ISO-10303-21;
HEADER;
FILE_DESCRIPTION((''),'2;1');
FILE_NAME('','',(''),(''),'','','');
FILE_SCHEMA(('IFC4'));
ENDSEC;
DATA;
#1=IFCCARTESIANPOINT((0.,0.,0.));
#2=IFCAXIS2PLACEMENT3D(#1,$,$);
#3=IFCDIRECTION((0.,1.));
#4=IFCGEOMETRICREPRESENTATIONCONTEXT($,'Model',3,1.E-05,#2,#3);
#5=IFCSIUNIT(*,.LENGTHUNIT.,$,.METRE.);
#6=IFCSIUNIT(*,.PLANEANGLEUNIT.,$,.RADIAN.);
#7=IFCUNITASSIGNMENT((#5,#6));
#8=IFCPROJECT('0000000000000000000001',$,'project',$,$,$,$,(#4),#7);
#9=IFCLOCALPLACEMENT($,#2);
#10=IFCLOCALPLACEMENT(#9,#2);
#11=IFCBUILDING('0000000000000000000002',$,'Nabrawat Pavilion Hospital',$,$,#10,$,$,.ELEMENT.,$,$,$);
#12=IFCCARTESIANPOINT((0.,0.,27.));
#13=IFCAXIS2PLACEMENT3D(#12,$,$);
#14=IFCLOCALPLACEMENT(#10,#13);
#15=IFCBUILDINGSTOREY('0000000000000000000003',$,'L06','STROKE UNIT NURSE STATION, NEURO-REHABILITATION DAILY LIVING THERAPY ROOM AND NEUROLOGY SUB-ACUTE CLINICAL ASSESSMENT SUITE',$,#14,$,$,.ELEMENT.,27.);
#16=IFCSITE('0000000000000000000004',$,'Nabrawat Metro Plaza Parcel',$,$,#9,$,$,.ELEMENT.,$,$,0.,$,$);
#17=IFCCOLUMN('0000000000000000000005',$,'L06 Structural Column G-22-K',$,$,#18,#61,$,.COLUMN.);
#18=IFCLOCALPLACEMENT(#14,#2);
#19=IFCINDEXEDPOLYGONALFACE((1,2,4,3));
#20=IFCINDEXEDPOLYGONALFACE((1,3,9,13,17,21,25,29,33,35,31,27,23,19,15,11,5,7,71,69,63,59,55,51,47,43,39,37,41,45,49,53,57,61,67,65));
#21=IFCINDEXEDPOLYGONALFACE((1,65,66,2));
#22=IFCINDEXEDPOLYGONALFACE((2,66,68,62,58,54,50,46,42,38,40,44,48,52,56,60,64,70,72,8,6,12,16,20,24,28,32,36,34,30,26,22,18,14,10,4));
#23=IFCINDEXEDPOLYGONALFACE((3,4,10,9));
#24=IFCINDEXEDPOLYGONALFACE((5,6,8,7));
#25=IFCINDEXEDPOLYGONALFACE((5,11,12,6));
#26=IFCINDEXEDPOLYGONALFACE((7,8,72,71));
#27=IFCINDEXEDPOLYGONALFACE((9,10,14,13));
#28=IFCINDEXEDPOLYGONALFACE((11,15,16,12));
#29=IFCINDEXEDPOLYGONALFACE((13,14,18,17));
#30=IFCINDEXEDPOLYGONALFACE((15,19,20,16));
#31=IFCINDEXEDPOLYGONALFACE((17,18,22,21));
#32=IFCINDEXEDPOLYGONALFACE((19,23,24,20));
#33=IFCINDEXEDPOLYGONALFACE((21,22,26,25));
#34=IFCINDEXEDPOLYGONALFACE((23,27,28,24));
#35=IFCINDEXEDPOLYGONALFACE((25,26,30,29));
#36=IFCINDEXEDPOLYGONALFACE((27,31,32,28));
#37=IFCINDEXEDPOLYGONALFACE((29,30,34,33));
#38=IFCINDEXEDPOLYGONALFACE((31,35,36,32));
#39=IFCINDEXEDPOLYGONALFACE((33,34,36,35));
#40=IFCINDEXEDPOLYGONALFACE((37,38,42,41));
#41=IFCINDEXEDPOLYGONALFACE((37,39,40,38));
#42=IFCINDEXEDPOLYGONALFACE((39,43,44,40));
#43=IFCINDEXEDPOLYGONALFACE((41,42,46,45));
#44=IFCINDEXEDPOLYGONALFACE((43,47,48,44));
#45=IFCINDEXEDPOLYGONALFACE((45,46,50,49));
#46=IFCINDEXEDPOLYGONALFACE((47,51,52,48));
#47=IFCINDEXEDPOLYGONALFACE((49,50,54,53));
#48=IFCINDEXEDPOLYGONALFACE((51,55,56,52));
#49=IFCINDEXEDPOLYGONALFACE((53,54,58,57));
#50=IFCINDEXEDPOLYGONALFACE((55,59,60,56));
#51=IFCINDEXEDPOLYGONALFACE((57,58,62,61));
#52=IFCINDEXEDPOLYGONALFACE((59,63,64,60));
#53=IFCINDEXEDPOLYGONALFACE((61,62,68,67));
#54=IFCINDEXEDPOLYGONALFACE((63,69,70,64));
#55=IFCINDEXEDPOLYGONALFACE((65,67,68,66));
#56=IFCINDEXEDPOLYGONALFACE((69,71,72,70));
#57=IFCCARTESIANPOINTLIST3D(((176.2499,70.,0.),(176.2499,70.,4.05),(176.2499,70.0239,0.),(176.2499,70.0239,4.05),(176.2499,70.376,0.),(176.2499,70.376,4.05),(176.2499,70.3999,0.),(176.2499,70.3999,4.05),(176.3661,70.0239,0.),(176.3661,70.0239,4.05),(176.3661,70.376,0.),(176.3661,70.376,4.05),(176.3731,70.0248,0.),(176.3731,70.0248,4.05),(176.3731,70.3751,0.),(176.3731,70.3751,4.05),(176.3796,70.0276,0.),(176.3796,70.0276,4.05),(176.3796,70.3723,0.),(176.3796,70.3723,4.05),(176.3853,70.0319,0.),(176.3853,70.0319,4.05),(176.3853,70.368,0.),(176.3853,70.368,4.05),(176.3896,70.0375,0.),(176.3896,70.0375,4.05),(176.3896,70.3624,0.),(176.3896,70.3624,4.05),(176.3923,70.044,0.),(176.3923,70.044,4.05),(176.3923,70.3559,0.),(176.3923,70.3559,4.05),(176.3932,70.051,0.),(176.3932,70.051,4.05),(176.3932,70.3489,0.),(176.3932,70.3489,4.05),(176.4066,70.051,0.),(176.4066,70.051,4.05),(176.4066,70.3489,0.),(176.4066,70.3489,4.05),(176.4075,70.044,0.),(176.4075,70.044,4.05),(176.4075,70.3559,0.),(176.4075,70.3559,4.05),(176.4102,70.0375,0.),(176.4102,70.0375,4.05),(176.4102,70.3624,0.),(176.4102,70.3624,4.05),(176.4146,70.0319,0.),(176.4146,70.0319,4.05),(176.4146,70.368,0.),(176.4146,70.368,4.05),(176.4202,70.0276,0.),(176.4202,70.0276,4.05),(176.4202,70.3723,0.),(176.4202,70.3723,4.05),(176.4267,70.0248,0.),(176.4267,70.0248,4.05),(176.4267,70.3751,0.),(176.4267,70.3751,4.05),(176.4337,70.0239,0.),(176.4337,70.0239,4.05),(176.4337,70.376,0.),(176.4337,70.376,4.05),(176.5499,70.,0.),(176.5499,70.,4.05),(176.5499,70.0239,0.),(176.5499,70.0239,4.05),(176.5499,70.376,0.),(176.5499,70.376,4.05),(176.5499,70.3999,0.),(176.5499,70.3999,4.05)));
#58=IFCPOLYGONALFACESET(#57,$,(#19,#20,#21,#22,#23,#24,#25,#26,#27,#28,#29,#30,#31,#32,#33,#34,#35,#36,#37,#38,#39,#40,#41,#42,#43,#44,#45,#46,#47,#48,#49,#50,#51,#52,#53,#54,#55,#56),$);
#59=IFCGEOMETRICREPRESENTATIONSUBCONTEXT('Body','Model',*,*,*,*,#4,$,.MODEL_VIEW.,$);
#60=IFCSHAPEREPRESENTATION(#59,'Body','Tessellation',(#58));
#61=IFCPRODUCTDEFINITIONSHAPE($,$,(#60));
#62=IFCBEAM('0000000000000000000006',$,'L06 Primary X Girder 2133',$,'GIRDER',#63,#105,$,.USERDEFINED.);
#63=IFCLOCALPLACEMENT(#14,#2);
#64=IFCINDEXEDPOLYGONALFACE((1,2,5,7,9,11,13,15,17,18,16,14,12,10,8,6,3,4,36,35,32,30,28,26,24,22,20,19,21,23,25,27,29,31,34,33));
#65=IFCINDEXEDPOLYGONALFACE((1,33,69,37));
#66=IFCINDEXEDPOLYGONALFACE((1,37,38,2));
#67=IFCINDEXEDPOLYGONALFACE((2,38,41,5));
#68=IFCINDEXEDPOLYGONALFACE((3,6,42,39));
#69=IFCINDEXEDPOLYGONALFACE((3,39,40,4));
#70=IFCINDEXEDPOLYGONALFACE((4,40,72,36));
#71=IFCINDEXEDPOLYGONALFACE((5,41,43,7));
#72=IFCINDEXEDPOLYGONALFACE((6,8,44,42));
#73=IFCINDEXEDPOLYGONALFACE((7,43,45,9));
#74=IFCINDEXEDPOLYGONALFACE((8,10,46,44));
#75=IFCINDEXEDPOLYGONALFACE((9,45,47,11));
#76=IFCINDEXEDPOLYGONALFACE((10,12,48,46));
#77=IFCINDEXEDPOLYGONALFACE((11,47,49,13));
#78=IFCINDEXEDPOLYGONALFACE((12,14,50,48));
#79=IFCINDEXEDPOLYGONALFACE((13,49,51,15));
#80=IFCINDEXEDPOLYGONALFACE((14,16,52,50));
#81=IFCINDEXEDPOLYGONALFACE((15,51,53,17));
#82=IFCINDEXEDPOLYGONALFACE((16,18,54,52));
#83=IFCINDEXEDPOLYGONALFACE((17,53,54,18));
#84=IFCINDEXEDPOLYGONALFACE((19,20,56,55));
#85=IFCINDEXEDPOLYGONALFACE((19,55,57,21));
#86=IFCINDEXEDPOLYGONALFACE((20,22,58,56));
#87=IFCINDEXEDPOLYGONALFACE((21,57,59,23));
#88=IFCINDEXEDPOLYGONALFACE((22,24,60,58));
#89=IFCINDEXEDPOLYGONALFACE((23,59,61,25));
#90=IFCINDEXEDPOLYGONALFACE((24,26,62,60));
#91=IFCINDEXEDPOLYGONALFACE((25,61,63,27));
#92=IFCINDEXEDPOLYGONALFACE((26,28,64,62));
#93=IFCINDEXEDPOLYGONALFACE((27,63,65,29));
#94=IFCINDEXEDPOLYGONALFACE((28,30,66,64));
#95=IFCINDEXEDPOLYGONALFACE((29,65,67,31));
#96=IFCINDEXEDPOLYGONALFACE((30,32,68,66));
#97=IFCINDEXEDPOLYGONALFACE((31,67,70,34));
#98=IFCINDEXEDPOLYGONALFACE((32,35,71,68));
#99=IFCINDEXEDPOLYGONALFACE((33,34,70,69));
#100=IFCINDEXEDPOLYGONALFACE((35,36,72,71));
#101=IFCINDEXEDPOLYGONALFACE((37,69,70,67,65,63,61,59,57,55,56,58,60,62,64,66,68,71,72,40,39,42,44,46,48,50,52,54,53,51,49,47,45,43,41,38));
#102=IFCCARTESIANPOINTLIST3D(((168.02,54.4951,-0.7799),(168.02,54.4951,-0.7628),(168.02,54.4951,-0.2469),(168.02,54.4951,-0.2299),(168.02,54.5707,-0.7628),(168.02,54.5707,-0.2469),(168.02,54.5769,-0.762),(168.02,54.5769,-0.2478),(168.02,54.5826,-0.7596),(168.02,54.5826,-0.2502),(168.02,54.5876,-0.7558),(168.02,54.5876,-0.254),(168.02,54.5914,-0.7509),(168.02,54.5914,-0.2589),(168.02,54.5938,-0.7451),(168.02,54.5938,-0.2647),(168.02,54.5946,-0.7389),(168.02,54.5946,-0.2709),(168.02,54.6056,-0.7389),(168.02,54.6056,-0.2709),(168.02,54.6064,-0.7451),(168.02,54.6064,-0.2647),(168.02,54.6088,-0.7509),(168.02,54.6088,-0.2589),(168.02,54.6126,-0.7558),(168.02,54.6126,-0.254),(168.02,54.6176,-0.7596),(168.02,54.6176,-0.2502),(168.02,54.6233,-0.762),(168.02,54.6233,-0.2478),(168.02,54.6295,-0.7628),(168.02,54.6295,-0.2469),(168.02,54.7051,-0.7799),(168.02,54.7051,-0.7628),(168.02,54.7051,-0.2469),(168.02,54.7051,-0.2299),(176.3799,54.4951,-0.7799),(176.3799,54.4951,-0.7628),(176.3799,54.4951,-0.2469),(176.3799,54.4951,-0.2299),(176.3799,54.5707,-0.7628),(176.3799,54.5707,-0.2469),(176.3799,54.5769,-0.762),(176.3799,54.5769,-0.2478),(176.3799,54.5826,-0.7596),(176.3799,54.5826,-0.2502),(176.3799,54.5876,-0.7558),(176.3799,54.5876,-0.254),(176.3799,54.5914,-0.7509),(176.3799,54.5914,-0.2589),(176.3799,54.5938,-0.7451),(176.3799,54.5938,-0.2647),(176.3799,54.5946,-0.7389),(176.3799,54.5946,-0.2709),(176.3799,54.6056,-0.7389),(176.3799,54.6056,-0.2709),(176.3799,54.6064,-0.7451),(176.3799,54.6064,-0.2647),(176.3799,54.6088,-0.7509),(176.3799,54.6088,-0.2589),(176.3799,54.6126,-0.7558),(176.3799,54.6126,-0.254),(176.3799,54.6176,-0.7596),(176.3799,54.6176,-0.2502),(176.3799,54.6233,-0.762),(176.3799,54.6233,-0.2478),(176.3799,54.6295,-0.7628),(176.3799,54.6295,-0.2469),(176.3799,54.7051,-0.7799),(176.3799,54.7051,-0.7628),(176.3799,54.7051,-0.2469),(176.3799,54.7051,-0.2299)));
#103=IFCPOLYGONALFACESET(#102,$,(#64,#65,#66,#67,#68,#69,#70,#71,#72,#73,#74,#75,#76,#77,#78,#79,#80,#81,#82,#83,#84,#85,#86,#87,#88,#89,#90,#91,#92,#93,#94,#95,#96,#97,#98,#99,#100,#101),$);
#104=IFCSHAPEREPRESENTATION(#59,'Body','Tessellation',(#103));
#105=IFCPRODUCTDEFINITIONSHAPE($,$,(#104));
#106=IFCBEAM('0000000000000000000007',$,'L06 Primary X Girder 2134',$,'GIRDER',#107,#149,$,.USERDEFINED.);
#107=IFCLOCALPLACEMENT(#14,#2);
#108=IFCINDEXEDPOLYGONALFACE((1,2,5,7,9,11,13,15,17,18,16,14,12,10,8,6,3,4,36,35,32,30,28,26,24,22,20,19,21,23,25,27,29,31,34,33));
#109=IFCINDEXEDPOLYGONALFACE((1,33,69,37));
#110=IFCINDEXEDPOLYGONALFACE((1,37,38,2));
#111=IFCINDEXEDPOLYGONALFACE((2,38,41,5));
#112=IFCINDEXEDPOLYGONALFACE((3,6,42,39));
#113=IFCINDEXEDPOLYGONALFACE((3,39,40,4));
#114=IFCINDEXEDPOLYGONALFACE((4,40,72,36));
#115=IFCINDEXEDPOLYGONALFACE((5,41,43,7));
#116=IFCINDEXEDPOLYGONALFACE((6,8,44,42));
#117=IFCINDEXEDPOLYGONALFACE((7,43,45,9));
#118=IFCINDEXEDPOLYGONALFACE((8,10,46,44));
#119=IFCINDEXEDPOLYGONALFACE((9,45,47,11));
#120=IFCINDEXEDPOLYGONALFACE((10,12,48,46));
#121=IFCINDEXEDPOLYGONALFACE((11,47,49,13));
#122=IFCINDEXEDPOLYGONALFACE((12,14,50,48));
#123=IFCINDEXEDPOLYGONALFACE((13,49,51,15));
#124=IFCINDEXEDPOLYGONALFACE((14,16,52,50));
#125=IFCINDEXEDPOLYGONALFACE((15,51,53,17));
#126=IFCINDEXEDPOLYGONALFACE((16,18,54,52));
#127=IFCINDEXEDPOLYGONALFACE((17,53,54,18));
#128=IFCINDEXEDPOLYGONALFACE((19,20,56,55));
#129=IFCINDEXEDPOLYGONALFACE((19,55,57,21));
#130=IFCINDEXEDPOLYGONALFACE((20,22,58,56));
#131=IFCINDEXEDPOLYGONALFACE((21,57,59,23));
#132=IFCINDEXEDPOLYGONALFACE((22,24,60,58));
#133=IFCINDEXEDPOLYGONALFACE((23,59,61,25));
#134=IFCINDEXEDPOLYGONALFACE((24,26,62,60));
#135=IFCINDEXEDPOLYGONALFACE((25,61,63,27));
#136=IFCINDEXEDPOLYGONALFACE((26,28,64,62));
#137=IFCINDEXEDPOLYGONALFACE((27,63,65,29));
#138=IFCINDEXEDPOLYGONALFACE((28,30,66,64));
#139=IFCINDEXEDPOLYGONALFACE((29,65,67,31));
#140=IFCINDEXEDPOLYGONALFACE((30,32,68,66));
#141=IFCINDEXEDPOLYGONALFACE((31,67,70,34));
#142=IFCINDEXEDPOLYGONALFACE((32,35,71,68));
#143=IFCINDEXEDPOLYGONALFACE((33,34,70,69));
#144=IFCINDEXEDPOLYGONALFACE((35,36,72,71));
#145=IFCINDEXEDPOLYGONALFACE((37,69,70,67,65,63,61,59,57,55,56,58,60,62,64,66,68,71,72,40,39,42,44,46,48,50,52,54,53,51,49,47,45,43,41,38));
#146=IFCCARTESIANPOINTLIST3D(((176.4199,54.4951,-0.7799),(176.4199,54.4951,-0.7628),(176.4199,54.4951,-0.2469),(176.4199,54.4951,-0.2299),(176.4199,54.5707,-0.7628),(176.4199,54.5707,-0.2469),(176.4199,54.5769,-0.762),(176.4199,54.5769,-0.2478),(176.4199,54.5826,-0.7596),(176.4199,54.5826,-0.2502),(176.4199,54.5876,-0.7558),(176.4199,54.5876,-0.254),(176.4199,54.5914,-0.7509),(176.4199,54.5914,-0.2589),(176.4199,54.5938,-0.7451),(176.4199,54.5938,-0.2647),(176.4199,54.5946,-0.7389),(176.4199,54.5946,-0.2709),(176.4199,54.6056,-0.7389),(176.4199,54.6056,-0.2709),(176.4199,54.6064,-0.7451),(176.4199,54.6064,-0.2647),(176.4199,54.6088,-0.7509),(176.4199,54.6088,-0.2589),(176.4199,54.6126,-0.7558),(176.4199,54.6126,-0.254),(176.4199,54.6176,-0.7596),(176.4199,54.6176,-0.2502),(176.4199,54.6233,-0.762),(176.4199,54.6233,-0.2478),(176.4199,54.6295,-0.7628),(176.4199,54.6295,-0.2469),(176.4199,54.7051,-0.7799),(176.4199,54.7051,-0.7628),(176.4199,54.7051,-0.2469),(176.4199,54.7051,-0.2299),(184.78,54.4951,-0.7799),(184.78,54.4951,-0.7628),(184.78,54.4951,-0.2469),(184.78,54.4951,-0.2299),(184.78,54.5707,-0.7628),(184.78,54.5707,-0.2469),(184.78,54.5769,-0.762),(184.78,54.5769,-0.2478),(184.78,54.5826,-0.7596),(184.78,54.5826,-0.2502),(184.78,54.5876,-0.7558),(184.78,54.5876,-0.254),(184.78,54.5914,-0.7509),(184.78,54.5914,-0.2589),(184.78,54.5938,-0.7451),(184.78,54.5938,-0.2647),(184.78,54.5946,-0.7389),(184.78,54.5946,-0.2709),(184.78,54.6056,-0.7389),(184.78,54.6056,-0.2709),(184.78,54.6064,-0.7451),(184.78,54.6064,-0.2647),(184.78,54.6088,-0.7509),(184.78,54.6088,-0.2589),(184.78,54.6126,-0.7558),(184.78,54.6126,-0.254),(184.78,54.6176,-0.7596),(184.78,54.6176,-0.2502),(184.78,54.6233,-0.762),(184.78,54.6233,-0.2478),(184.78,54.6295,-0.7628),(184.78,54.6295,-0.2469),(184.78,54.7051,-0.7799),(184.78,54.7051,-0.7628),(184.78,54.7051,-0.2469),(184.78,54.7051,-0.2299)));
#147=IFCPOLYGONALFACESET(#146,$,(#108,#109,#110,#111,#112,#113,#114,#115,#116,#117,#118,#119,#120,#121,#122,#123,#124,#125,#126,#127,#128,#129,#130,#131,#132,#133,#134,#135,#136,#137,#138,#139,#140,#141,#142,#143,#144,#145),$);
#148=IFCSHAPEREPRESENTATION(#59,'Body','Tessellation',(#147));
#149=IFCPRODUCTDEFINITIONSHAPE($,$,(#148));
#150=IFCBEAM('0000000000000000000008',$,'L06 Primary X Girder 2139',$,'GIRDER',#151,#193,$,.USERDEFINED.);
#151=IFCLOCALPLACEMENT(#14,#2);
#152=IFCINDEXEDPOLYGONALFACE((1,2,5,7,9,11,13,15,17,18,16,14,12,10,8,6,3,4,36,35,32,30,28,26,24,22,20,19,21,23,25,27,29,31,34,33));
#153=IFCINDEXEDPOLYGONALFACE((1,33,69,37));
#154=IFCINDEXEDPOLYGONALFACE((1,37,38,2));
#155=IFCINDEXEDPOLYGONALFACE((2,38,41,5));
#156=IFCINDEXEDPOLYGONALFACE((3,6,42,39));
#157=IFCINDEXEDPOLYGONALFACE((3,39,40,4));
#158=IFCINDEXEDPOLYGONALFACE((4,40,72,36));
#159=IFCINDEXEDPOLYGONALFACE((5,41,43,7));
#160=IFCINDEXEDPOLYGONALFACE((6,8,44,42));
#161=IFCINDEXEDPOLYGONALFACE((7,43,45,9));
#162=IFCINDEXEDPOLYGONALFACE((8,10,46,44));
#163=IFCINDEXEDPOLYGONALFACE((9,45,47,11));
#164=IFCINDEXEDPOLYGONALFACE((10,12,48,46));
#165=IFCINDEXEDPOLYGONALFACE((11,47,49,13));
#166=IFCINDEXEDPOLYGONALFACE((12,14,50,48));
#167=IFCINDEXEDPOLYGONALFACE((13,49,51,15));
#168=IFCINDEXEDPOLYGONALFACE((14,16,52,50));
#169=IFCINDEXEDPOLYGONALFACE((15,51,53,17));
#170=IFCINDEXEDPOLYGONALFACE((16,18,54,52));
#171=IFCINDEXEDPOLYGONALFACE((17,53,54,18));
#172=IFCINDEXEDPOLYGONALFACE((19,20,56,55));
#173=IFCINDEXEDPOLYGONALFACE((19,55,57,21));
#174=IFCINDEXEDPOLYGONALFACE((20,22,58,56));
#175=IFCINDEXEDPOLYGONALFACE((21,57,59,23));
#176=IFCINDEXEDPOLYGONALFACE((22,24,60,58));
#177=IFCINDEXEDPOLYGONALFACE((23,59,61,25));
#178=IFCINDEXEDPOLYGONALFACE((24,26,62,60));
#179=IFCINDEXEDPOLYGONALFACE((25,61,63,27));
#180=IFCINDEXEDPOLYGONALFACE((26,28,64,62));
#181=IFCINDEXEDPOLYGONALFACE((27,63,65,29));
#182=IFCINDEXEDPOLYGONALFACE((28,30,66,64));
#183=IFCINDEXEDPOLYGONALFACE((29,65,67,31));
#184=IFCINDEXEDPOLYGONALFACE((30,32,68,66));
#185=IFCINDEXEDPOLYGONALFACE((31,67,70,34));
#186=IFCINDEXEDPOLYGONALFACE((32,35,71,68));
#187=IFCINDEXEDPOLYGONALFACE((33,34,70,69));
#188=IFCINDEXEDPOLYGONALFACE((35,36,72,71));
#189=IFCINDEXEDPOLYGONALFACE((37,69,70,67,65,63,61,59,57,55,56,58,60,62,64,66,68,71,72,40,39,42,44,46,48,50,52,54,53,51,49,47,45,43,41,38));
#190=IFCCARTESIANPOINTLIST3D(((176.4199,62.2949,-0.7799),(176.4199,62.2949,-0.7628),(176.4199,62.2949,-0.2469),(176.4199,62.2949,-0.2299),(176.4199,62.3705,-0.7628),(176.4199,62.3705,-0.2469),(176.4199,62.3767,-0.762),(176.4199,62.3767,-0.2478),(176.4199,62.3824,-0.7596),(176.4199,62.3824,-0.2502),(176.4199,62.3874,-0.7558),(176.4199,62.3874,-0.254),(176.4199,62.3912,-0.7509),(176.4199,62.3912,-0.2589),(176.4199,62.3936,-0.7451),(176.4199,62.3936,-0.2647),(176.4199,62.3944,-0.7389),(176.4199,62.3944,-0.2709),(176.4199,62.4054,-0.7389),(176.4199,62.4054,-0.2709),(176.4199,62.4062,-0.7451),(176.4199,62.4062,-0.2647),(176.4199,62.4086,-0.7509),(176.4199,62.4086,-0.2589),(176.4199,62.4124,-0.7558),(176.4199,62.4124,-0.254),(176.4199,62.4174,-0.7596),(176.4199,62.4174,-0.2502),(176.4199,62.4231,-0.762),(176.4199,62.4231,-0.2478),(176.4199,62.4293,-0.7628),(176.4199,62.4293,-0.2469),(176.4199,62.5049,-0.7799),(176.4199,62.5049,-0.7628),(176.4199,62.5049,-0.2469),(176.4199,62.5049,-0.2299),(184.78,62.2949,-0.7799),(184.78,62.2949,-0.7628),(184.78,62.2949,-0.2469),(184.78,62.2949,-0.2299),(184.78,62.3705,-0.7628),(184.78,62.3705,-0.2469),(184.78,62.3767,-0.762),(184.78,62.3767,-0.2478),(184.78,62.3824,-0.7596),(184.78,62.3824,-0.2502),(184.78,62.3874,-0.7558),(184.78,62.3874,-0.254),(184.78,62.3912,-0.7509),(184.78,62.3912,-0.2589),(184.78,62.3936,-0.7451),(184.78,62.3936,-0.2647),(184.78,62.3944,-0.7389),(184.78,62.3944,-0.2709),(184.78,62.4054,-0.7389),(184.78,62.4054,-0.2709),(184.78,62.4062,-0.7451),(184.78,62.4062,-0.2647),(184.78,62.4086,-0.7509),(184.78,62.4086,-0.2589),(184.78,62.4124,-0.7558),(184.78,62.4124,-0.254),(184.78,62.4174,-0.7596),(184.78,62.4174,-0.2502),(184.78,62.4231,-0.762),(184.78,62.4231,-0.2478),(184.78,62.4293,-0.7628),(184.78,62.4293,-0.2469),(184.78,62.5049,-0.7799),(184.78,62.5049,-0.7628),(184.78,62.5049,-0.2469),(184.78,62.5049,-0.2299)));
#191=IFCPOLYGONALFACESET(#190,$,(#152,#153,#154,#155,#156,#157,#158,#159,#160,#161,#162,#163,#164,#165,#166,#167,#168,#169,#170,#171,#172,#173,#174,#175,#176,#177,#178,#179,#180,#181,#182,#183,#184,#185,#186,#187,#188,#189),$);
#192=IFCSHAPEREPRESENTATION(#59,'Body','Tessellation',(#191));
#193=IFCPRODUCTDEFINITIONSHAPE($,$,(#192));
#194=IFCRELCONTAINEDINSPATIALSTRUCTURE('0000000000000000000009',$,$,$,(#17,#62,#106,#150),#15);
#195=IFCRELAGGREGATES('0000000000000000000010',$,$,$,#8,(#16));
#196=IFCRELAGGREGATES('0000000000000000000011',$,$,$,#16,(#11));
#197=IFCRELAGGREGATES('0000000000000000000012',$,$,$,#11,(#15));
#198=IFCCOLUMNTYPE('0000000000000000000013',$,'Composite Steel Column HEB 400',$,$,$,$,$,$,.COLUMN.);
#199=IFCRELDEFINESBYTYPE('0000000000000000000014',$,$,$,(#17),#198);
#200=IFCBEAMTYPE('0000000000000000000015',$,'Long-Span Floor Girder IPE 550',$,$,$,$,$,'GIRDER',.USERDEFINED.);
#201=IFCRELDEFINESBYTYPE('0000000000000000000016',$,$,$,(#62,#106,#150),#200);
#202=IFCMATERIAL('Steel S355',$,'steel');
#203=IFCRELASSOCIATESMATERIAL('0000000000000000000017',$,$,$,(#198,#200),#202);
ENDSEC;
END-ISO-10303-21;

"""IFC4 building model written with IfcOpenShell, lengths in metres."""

from ifc_helpers import new_model, si_unit, direction, frame, origin, origin_2d, place, context, subcontext, project, spatial, i_section, extrude, material, material_profile, profile_set, type_object, element, save


model = new_model("IFC4")

# Units and contexts
model_context = context("Model", 3, precision=1e-05, world=origin(), true_north=direction((0.0, 1.0)))
body_context = subcontext(model_context, "Body", "Model", "MODEL_VIEW")
ifc_project = project(units=[si_unit("LENGTHUNIT", "METRE"), si_unit("PLANEANGLEUNIT", "RADIAN")], contexts=[model_context])

# Site, building, storey
site_placement = place(None, origin())
site = spatial("IfcSite", under=ifc_project, at=site_placement, Name="Nabrawat Metro Plaza Parcel", CompositionType="ELEMENT", RefElevation=0.0)
building_placement = place(site_placement, origin())
building = spatial("IfcBuilding", under=site, at=building_placement, Name="Nabrawat Pavilion Hospital", CompositionType="ELEMENT")
storey_placement = place(building_placement, frame((0.0, 0.0, 27.0)))
storey = spatial("IfcBuildingStorey", under=building, at=storey_placement, Name="L06", Description="STROKE UNIT NURSE STATION, NEURO-REHABILITATION DAILY LIVING THERAPY ROOM AND NEUROLOGY SUB-ACUTE CLINICAL ASSESSMENT SUITE", CompositionType="ELEMENT", Elevation=27.0)

# Column
ifc_material_1 = material(Name="Steel S355", Category="steel")
ifc_material_profile_1 = material_profile(ifc_material_1, i_section(OverallWidth=0.3, OverallDepth=0.3999, WebThickness=0.0134, FlangeThickness=0.0239, FilletRadius=0.0271, at=origin_2d()), Name="HEB 400")
ifc_profile_set_1 = profile_set([ifc_material_profile_1], Name="Steel S355")
column_type = type_object("IfcColumnType", Name="Composite Steel Column HEB 400", PredefinedType="COLUMN", material=ifc_profile_set_1)
for number, where, z_axis, x_axis, name in (
    (1, (176.3999, 70.2, 0.0), (0.0, 0.0, 1.0), (1.0, 0.0, 0.0), "L06 Structural Column G-22-K"),
):
    element("IfcColumn", number, at=place(storey_placement, frame(where, z_axis=z_axis, x_axis=x_axis)), inside=storey, type_object=column_type, Name=name, PredefinedType="COLUMN", context=body_context, shape_type="SweptSolid", body=[
        extrude(i_section(OverallWidth=0.3, OverallDepth=0.3999, WebThickness=0.0134, FlangeThickness=0.0239, FilletRadius=0.0271, at=origin_2d()), origin(), (0.0, 0.0, 1.0), 4.05),
    ])

# Beams
ifc_material_profile_2 = material_profile(ifc_material_1, i_section(OverallWidth=0.21, OverallDepth=0.55, WebThickness=0.011, FlangeThickness=0.0171, FilletRadius=0.0239, at=origin_2d()), Name="IPE 550")
ifc_profile_set_2 = profile_set([ifc_material_profile_2], Name="Steel S355")
beam_type_1 = type_object("IfcBeamType", Name="Long-Span Floor Girder IPE 550", ElementType="GIRDER", PredefinedType="USERDEFINED", material=ifc_profile_set_2)
beam_1_placement = place(storey_placement, frame((168.02, 54.6001, -0.5049), z_axis=(1.0, 0.0, 0.0), x_axis=(0.0, 1.0, 0.0)))
element("IfcBeam", 2, at=beam_1_placement, inside=storey, type_object=beam_type_1, Name="L06 Primary X Girder 2133", ObjectType="GIRDER", PredefinedType="USERDEFINED", context=body_context, shape_type="SweptSolid", body=[
    extrude(i_section(OverallWidth=0.21, OverallDepth=0.55, WebThickness=0.011, FlangeThickness=0.0171, FilletRadius=0.0239, at=origin_2d()), origin(), (0.0, 0.0, 1.0), 8.3599),
])
for number, where, z_axis, x_axis, name in (
    (3, (176.4199, 54.6001, -0.5049), (1.0, 0.0, 0.0), (0.0, 1.0, 0.0), "L06 Primary X Girder 2134"),
    (4, (176.4199, 62.3999, -0.5049), (1.0, 0.0, 0.0), (0.0, 1.0, 0.0), "L06 Primary X Girder 2139"),
):
    element("IfcBeam", number, at=place(storey_placement, frame(where, z_axis=z_axis, x_axis=x_axis)), inside=storey, type_object=beam_type_1, Name=name, ObjectType="GIRDER", PredefinedType="USERDEFINED", context=body_context, shape_type="SweptSolid", body=[
        extrude(i_section(OverallWidth=0.21, OverallDepth=0.55, WebThickness=0.011, FlangeThickness=0.0171, FilletRadius=0.0239, at=origin_2d()), origin(), (0.0, 0.0, 1.0), 8.3601),
    ])

save(model, "model.ifc")
